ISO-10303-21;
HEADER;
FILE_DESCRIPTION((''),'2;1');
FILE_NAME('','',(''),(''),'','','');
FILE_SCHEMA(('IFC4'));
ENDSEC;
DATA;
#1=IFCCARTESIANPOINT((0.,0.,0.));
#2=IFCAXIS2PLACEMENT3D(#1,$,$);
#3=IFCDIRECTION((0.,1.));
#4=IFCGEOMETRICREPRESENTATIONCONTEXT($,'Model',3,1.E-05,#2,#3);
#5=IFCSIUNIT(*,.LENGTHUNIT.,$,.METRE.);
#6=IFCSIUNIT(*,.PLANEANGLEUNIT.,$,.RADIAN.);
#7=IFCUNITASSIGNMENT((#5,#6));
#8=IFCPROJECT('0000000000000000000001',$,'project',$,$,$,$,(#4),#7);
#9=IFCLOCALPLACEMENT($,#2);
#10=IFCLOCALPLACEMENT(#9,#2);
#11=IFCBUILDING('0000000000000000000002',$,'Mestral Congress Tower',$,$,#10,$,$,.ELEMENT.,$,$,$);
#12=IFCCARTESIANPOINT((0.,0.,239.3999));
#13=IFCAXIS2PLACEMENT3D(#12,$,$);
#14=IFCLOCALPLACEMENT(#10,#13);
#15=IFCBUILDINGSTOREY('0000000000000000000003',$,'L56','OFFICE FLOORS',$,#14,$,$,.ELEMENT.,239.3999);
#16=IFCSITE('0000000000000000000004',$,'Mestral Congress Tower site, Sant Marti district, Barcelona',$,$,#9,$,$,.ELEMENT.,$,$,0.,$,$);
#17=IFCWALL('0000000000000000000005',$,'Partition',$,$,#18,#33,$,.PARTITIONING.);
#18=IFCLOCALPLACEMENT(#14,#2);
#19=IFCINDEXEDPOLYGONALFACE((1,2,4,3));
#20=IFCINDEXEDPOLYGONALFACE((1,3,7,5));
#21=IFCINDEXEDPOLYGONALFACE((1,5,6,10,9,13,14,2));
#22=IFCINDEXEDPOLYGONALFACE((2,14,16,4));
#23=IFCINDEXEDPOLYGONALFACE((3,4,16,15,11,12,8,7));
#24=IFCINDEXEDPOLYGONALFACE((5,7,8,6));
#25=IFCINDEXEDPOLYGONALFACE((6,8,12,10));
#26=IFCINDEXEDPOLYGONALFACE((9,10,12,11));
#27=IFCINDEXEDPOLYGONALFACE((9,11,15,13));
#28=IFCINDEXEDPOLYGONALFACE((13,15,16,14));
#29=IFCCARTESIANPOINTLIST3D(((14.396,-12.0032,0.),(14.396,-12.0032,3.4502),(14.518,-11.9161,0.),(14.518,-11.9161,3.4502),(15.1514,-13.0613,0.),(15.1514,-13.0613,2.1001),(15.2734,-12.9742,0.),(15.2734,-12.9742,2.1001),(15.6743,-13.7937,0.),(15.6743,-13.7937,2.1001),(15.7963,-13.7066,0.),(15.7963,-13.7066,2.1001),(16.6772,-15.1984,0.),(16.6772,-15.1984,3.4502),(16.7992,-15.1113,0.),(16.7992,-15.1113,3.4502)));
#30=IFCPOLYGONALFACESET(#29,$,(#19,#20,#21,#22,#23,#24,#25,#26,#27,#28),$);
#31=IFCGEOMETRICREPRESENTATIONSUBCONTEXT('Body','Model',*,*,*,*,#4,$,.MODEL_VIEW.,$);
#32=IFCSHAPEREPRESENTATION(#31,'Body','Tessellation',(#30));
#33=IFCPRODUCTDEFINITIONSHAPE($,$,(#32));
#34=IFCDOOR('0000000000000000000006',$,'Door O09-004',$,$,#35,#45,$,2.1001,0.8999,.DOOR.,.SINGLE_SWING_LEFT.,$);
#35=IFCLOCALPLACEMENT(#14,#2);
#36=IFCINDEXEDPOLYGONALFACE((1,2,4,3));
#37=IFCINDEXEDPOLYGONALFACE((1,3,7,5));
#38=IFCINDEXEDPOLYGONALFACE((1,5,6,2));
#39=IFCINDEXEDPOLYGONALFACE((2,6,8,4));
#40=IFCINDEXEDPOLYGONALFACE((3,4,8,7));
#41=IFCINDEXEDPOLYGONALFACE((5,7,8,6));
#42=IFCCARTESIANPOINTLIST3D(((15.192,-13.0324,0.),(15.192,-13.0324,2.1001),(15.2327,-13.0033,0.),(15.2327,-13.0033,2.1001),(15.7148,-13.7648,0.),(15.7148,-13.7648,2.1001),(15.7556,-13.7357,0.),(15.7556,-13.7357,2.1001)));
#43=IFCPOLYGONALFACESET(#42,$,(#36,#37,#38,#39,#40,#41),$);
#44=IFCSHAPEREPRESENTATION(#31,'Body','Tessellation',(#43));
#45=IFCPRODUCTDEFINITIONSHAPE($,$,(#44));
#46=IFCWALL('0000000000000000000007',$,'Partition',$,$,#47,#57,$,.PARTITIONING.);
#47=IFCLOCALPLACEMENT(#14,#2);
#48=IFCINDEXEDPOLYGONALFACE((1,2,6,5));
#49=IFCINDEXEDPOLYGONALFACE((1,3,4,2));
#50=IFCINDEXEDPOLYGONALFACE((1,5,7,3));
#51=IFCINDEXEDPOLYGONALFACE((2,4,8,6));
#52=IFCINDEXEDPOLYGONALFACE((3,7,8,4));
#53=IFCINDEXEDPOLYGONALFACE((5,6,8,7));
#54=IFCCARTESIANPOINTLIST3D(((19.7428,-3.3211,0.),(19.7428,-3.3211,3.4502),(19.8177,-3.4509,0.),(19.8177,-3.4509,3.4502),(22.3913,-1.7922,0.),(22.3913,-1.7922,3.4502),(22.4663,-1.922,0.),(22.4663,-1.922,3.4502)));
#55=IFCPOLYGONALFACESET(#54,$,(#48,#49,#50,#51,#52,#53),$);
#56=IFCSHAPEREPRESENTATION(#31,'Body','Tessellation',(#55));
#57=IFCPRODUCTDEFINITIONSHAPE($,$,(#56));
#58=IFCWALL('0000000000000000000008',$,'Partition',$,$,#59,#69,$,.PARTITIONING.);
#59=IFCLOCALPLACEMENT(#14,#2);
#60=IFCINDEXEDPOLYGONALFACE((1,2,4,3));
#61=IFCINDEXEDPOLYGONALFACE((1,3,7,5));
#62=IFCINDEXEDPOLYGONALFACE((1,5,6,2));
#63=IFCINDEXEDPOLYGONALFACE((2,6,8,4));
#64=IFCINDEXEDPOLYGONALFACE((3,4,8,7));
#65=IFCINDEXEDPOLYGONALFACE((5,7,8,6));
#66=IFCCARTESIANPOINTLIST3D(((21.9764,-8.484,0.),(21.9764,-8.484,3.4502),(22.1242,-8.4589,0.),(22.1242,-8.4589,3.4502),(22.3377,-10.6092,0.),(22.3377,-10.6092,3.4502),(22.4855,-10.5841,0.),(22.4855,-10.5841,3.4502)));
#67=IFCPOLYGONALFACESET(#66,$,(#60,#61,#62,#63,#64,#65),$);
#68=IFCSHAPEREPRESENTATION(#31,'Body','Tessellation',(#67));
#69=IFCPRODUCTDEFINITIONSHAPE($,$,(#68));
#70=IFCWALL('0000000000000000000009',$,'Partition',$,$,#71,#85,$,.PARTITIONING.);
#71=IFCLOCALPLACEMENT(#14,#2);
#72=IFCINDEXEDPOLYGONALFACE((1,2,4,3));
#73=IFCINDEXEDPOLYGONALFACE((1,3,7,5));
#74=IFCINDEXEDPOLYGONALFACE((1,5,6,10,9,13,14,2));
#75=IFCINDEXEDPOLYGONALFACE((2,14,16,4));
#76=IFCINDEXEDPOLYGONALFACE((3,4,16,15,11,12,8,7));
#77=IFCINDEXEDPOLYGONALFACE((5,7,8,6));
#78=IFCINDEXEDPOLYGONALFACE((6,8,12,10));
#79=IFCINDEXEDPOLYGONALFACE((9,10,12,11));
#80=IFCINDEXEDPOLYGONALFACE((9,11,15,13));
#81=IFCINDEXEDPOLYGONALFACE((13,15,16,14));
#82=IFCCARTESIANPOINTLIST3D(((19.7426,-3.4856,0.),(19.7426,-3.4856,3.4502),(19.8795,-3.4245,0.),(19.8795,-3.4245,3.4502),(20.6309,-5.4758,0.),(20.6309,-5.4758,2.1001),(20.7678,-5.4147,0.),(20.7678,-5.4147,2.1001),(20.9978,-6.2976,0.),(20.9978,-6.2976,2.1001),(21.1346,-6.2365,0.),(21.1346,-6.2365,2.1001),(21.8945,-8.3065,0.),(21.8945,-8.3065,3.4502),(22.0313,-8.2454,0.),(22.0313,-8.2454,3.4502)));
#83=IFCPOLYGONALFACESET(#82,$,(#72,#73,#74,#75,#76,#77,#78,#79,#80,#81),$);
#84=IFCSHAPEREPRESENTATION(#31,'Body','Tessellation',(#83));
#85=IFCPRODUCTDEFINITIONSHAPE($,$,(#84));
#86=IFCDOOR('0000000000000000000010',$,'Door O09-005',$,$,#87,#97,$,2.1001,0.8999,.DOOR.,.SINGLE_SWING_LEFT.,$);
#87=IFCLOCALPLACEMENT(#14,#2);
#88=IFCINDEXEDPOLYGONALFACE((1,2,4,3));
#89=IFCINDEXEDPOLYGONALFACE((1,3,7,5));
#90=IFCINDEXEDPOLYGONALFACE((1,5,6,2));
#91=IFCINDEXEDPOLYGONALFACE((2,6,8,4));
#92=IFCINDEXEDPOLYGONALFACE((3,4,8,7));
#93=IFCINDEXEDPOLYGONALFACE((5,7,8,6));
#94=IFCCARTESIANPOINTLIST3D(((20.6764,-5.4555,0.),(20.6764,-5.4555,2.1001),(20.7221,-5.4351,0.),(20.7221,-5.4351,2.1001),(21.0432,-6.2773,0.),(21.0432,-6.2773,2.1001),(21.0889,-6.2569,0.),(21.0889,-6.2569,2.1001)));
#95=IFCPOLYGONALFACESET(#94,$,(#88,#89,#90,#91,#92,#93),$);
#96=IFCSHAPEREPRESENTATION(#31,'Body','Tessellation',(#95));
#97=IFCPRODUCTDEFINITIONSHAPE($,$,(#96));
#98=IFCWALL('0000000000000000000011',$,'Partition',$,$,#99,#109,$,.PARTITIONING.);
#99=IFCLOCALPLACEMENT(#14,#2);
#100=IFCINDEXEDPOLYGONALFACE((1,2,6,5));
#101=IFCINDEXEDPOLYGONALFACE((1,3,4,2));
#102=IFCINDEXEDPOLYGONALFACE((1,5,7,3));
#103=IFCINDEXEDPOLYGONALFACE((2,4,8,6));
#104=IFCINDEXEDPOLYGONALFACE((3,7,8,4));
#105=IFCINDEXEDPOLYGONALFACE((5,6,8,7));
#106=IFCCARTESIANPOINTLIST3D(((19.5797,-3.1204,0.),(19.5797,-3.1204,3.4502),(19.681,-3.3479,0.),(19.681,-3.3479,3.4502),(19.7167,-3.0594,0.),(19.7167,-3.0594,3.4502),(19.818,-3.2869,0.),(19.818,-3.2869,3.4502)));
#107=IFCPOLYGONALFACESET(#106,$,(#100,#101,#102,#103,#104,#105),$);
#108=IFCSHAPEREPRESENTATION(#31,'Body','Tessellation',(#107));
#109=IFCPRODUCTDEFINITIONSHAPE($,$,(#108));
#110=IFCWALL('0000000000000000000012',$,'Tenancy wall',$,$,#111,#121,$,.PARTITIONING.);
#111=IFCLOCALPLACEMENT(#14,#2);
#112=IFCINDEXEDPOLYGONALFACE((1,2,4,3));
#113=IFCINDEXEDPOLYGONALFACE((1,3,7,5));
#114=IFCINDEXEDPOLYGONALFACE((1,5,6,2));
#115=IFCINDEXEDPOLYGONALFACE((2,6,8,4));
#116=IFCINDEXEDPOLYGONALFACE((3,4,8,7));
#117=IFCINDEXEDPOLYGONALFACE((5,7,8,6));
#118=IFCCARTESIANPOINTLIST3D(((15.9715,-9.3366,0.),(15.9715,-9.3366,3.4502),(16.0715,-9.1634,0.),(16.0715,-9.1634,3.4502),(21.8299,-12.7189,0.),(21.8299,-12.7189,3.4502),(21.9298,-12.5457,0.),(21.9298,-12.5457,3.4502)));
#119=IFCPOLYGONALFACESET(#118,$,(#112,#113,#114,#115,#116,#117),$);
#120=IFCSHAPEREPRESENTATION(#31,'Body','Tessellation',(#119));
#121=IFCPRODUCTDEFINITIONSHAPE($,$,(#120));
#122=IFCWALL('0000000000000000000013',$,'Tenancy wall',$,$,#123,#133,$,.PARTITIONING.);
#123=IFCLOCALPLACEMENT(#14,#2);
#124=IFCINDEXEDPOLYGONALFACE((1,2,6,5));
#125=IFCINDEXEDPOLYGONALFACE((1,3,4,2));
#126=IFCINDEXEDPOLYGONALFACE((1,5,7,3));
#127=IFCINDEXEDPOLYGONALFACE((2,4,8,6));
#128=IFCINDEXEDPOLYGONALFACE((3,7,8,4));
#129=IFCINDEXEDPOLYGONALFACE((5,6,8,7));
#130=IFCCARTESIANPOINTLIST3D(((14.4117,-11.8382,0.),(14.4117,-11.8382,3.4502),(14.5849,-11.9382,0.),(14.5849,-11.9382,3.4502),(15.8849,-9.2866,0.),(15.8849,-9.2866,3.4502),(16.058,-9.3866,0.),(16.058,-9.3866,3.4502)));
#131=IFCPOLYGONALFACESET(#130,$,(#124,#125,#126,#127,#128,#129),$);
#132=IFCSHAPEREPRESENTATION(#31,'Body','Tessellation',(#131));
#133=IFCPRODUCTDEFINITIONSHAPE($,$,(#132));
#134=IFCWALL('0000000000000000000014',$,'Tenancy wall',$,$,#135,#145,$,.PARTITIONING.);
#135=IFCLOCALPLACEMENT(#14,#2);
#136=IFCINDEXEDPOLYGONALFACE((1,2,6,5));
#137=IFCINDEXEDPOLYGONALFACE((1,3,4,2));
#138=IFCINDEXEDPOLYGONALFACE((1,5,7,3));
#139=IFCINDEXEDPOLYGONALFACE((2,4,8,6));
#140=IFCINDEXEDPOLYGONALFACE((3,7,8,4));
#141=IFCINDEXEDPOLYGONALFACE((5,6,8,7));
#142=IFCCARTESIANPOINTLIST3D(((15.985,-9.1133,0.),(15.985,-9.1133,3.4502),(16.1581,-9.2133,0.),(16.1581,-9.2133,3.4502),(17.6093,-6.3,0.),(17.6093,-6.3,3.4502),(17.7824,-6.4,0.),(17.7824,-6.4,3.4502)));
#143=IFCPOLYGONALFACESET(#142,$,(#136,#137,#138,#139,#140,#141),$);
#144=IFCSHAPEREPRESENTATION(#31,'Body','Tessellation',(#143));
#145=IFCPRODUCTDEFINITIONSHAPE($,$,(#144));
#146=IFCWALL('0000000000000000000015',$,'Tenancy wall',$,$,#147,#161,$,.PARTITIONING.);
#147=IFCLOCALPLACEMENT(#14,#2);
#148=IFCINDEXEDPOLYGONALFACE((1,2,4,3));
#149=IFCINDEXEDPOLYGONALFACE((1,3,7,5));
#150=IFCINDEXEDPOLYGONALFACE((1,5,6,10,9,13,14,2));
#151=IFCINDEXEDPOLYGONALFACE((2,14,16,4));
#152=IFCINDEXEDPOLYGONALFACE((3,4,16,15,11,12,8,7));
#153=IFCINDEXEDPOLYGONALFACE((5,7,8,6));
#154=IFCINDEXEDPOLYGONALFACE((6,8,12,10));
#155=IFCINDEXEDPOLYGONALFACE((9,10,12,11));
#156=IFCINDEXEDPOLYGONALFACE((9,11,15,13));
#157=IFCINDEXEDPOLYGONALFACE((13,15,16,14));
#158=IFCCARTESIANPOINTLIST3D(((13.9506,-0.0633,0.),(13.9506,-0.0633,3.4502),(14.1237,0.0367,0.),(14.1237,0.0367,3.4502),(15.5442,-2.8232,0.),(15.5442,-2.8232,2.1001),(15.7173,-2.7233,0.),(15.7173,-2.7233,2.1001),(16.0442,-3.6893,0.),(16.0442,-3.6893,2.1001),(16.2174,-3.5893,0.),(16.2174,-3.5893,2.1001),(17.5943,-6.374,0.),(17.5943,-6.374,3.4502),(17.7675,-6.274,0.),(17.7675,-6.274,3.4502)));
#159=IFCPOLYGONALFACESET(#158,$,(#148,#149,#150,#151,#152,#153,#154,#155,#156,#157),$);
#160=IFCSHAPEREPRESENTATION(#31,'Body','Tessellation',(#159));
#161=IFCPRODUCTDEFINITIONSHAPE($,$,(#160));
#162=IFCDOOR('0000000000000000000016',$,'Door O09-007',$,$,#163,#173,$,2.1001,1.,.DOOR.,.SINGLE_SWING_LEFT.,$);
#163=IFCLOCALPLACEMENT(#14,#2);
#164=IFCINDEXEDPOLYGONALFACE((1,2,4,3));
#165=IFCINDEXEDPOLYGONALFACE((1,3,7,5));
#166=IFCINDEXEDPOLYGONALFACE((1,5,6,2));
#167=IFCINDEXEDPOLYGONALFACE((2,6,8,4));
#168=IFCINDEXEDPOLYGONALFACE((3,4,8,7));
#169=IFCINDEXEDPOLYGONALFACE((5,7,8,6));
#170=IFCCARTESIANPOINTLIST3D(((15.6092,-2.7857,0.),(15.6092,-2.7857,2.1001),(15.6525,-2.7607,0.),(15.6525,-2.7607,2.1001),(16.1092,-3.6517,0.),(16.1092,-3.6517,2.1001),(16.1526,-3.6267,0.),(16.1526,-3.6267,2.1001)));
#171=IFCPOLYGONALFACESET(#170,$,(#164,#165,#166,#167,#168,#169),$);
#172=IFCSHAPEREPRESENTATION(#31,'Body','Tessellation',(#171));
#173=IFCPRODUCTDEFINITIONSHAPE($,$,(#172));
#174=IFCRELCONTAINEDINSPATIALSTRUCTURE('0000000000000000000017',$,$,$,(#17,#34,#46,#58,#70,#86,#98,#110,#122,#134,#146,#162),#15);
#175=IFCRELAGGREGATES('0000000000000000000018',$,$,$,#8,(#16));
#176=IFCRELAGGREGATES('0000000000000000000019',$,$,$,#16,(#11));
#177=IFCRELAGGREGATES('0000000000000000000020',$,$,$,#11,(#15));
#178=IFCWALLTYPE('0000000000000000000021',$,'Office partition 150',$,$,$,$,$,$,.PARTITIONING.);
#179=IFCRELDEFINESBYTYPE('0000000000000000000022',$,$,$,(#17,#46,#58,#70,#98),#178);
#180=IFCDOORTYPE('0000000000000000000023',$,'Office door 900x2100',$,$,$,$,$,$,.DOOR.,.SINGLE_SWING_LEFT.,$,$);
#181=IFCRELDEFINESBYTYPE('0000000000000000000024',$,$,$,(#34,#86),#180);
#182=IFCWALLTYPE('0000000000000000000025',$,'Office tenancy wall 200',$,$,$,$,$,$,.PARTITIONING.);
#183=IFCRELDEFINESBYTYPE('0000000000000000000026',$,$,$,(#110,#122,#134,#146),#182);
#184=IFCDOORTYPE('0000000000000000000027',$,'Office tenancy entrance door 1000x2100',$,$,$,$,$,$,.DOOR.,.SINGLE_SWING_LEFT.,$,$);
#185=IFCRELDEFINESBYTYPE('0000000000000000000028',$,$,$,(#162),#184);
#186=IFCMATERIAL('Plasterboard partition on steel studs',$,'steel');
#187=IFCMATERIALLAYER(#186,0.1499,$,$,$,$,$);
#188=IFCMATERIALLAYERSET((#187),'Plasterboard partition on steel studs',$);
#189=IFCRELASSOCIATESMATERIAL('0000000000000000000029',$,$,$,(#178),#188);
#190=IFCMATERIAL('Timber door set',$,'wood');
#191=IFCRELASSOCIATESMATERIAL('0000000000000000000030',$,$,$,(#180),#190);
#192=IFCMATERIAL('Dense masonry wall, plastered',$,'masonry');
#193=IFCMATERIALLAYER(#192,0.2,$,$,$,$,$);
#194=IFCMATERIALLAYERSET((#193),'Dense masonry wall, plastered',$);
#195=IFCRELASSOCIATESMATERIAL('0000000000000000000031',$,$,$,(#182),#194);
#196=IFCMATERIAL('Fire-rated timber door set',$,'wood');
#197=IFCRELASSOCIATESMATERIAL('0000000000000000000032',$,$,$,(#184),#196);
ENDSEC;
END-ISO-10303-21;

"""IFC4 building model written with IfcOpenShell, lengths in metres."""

from ifc_helpers import new_model, si_unit, direction, frame, frame_2d, origin, place, context, subcontext, project, spatial, rectangle, extrude, material, layer, layer_set, type_object, element, fill, save


model = new_model("IFC4")

# Units and contexts
model_context = context("Model", 3, precision=1e-05, world=origin(), true_north=direction((0.0, 1.0)))
body_context = subcontext(model_context, "Body", "Model", "MODEL_VIEW")
ifc_project = project(units=[si_unit("LENGTHUNIT", "METRE"), si_unit("PLANEANGLEUNIT", "RADIAN")], contexts=[model_context])

# Site, building, storey
site_placement = place(None, origin())
site = spatial("IfcSite", under=ifc_project, at=site_placement, Name="Mestral Congress Tower site, Sant Marti district, Barcelona", CompositionType="ELEMENT", RefElevation=0.0)
building_placement = place(site_placement, origin())
building = spatial("IfcBuilding", under=site, at=building_placement, Name="Mestral Congress Tower", CompositionType="ELEMENT")
storey_placement = place(building_placement, frame((0.0, 0.0, 239.3999)))
storey = spatial("IfcBuildingStorey", under=building, at=storey_placement, Name="L56", Description="OFFICE FLOORS", CompositionType="ELEMENT", Elevation=239.3999)

# Wall, opening, door
ifc_material_1 = material(Name="Plasterboard partition on steel studs", Category="steel")
ifc_layer_1 = layer(ifc_material_1, 0.1499)
ifc_layer_set_1 = layer_set([ifc_layer_1], Name="Plasterboard partition on steel studs")
wall_type_1 = type_object("IfcWallType", Name="Office partition 150", PredefinedType="PARTITIONING", material=ifc_layer_set_1)
wall_1_placement = place(storey_placement, frame((14.457, -11.9597, 0.0), z_axis=(0.0, 0.0, 1.0), x_axis=(0.58105, -0.813868, 0.0)))
wall_1 = element("IfcWall", 1, at=wall_1_placement, inside=storey, type_object=wall_type_1, Name="Partition", PredefinedType="PARTITIONING", context=body_context, shape_type="SweptSolid", body=[
    extrude(rectangle(XDim=3.926, YDim=0.1499, at=frame_2d((1.9629, 0.0))), origin(), (0.0, 0.0, 1.0), 3.4502),
])
opening_1_placement = place(wall_1_placement, frame((1.3, 0.0, 0.0)))
opening_1 = element("IfcOpeningElement", 2, at=opening_1_placement, cuts=wall_1, PredefinedType="OPENING", context=body_context, shape_type="SweptSolid", body=[
    extrude(rectangle(XDim=0.8999, YDim=2.1001, at=frame_2d((0.45, 1.05))), frame((0.0, 0.085, 0.0), z_axis=(0.0, -1.0, 0.0), x_axis=(1.0, 0.0, 0.0)), (0.0, 0.0, 1.0), 0.1699),
])
ifc_material_2 = material(Name="Timber door set", Category="wood")
door_type_1 = type_object("IfcDoorType", Name="Office door 900x2100", OperationType="SINGLE_SWING_LEFT", PredefinedType="DOOR", material=ifc_material_2)
door_1_placement = place(opening_1_placement, origin())
door_1 = element("IfcDoor", 3, at=door_1_placement, inside=storey, type_object=door_type_1, Name="Door O09-004", OperationType="SINGLE_SWING_LEFT", OverallHeight=2.1001, OverallWidth=0.8999, PredefinedType="DOOR", context=body_context, shape_type="SweptSolid", body=[
    extrude(rectangle(XDim=0.8999, YDim=2.1001, at=frame_2d((0.45, 1.05))), frame((0.0, 0.0249, 0.0), z_axis=(0.0, -1.0, 0.0), x_axis=(1.0, 0.0, 0.0)), (0.0, 0.0, 1.0), 0.05),
])
fill(opening_1, door_1)

# Walls
wall_2_placement = place(storey_placement, frame((19.7803, -3.386, 0.0), z_axis=(0.0, 0.0, 1.0), x_axis=(0.866063, 0.499934, 0.0)))
element("IfcWall", 4, at=wall_2_placement, inside=storey, type_object=wall_type_1, Name="Partition", PredefinedType="PARTITIONING", context=body_context, shape_type="SweptSolid", body=[
    extrude(rectangle(XDim=3.0581, YDim=0.1499, at=frame_2d((1.5291, 0.0))), origin(), (0.0, 0.0, 1.0), 3.4502),
])
wall_3_placement = place(storey_placement, frame((22.4116, -10.5967, 0.0), z_axis=(0.0, 0.0, 1.0), x_axis=(-0.167612, 0.985853, 0.0)))
element("IfcWall", 5, at=wall_3_placement, inside=storey, type_object=wall_type_1, Name="Partition", PredefinedType="PARTITIONING", context=body_context, shape_type="SweptSolid", body=[
    extrude(rectangle(XDim=2.1558, YDim=0.1499, at=frame_2d((1.0779, 0.0))), origin(), (0.0, 0.0, 1.0), 3.4502),
])

# Wall, opening, door
wall_4_placement = place(storey_placement, frame((19.811, -3.4551, 0.0), z_axis=(0.0, 0.0, 1.0), x_axis=(0.407605, -0.913158, 0.0)))
wall_4 = element("IfcWall", 6, at=wall_4_placement, inside=storey, type_object=wall_type_1, Name="Partition", PredefinedType="PARTITIONING", context=body_context, shape_type="SweptSolid", body=[
    extrude(rectangle(XDim=5.2793, YDim=0.1499, at=frame_2d((2.6396, 0.0))), origin(), (0.0, 0.0, 1.0), 3.4502),
])
opening_2_placement = place(wall_4_placement, frame((2.1794, 0.0, 0.0)))
opening_2 = element("IfcOpeningElement", 7, at=opening_2_placement, cuts=wall_4, PredefinedType="OPENING", context=body_context, shape_type="SweptSolid", body=[
    extrude(rectangle(XDim=0.8999, YDim=2.1001, at=frame_2d((0.45, 1.05))), frame((0.0, 0.085, 0.0), z_axis=(0.0, -1.0, 0.0), x_axis=(1.0, 0.0, 0.0)), (0.0, 0.0, 1.0), 0.1699),
])
door_2_placement = place(opening_2_placement, origin())
door_2 = element("IfcDoor", 8, at=door_2_placement, inside=storey, type_object=door_type_1, Name="Door O09-005", OperationType="SINGLE_SWING_LEFT", OverallHeight=2.1001, OverallWidth=0.8999, PredefinedType="DOOR", context=body_context, shape_type="SweptSolid", body=[
    extrude(rectangle(XDim=0.8999, YDim=2.1001, at=frame_2d((0.45, 1.05))), frame((0.0, 0.0249, 0.0), z_axis=(0.0, -1.0, 0.0), x_axis=(1.0, 0.0, 0.0)), (0.0, 0.0, 1.0), 0.05),
])
fill(opening_2, door_2)

# Walls
wall_5_placement = place(storey_placement, frame((19.7495, -3.3174, 0.0), z_axis=(0.0, 0.0, 1.0), x_axis=(-0.406775, 0.913528, 0.0)))
element("IfcWall", 9, at=wall_5_placement, inside=storey, type_object=wall_type_1, Name="Partition", PredefinedType="PARTITIONING", context=body_context, shape_type="SweptSolid", body=[
    extrude(rectangle(XDim=0.249, YDim=0.1499, at=frame_2d((0.1245, 0.0))), origin(), (0.0, 0.0, 1.0), 3.4502),
])
ifc_material_3 = material(Name="Dense masonry wall, plastered", Category="masonry")
ifc_layer_2 = layer(ifc_material_3, 0.2)
ifc_layer_set_2 = layer_set([ifc_layer_2], Name="Dense masonry wall, plastered")
wall_type_2 = type_object("IfcWallType", Name="Office tenancy wall 200", PredefinedType="PARTITIONING", material=ifc_layer_set_2)
wall_6_placement = place(storey_placement, frame((16.0215, -9.25, 0.0), z_axis=(0.0, 0.0, 1.0), x_axis=(0.866027, -0.499997, 0.0)))
element("IfcWall", 10, at=wall_6_placement, inside=storey, type_object=wall_type_2, Name="Tenancy wall", PredefinedType="PARTITIONING", context=body_context, shape_type="SweptSolid", body=[
    extrude(rectangle(XDim=6.7646, YDim=0.2, at=frame_2d((3.3823, 0.0))), origin(), (0.0, 0.0, 1.0), 3.4502),
])
wall_7_placement = place(storey_placement, frame((14.4983, -11.8882, 0.0), z_axis=(0.0, 0.0, 1.0), x_axis=(0.500007, 0.866021, 0.0)))
element("IfcWall", 11, at=wall_7_placement, inside=storey, type_object=wall_type_2, Name="Tenancy wall", PredefinedType="PARTITIONING", context=body_context, shape_type="SweptSolid", body=[
    extrude(rectangle(XDim=2.9463, YDim=0.2, at=frame_2d((1.4731, 0.0))), origin(), (0.0, 0.0, 1.0), 3.4502),
])
wall_8_placement = place(storey_placement, frame((16.0715, -9.1633, 0.0), z_axis=(0.0, 0.0, 1.0), x_axis=(0.500011, 0.866019, 0.0)))
element("IfcWall", 12, at=wall_8_placement, inside=storey, type_object=wall_type_2, Name="Tenancy wall", PredefinedType="PARTITIONING", context=body_context, shape_type="SweptSolid", body=[
    extrude(rectangle(XDim=3.2485, YDim=0.2, at=frame_2d((1.6243, 0.0))), origin(), (0.0, 0.0, 1.0), 3.4502),
])

# Wall, opening, door
wall_9_placement = place(storey_placement, frame((17.6809, -6.324, 0.0), z_axis=(0.0, 0.0, 1.0), x_axis=(-0.500027, 0.86601, 0.0)))
wall_9 = element("IfcWall", 13, at=wall_9_placement, inside=storey, type_object=wall_type_2, Name="Tenancy wall", PredefinedType="PARTITIONING", context=body_context, shape_type="SweptSolid", body=[
    extrude(rectangle(XDim=7.2871, YDim=0.2, at=frame_2d((3.6436, 0.0))), origin(), (0.0, 0.0, 1.0), 3.4502),
])
opening_3_placement = place(wall_9_placement, frame((3.1001, 0.0, 0.0)))
opening_3 = element("IfcOpeningElement", 14, at=opening_3_placement, cuts=wall_9, PredefinedType="OPENING", context=body_context, shape_type="SweptSolid", body=[
    extrude(rectangle(XDim=1.0, YDim=2.1001, at=frame_2d((0.5, 1.05))), frame((0.0, 0.1099, 0.0), z_axis=(0.0, -1.0, 0.0), x_axis=(1.0, 0.0, 0.0)), (0.0, 0.0, 1.0), 0.22),
])
ifc_material_4 = material(Name="Fire-rated timber door set", Category="wood")
door_type_2 = type_object("IfcDoorType", Name="Office tenancy entrance door 1000x2100", OperationType="SINGLE_SWING_LEFT", PredefinedType="DOOR", material=ifc_material_4)
door_3_placement = place(opening_3_placement, origin())
door_3 = element("IfcDoor", 15, at=door_3_placement, inside=storey, type_object=door_type_2, Name="Door O09-007", OperationType="SINGLE_SWING_LEFT", OverallHeight=2.1001, OverallWidth=1.0, PredefinedType="DOOR", context=body_context, shape_type="SweptSolid", body=[
    extrude(rectangle(XDim=1.0, YDim=2.1001, at=frame_2d((0.5, 1.05))), frame((0.0, 0.0249, 0.0), z_axis=(0.0, -1.0, 0.0), x_axis=(1.0, 0.0, 0.0)), (0.0, 0.0, 1.0), 0.05),
])
fill(opening_3, door_3)

save(model, "model.ifc")
